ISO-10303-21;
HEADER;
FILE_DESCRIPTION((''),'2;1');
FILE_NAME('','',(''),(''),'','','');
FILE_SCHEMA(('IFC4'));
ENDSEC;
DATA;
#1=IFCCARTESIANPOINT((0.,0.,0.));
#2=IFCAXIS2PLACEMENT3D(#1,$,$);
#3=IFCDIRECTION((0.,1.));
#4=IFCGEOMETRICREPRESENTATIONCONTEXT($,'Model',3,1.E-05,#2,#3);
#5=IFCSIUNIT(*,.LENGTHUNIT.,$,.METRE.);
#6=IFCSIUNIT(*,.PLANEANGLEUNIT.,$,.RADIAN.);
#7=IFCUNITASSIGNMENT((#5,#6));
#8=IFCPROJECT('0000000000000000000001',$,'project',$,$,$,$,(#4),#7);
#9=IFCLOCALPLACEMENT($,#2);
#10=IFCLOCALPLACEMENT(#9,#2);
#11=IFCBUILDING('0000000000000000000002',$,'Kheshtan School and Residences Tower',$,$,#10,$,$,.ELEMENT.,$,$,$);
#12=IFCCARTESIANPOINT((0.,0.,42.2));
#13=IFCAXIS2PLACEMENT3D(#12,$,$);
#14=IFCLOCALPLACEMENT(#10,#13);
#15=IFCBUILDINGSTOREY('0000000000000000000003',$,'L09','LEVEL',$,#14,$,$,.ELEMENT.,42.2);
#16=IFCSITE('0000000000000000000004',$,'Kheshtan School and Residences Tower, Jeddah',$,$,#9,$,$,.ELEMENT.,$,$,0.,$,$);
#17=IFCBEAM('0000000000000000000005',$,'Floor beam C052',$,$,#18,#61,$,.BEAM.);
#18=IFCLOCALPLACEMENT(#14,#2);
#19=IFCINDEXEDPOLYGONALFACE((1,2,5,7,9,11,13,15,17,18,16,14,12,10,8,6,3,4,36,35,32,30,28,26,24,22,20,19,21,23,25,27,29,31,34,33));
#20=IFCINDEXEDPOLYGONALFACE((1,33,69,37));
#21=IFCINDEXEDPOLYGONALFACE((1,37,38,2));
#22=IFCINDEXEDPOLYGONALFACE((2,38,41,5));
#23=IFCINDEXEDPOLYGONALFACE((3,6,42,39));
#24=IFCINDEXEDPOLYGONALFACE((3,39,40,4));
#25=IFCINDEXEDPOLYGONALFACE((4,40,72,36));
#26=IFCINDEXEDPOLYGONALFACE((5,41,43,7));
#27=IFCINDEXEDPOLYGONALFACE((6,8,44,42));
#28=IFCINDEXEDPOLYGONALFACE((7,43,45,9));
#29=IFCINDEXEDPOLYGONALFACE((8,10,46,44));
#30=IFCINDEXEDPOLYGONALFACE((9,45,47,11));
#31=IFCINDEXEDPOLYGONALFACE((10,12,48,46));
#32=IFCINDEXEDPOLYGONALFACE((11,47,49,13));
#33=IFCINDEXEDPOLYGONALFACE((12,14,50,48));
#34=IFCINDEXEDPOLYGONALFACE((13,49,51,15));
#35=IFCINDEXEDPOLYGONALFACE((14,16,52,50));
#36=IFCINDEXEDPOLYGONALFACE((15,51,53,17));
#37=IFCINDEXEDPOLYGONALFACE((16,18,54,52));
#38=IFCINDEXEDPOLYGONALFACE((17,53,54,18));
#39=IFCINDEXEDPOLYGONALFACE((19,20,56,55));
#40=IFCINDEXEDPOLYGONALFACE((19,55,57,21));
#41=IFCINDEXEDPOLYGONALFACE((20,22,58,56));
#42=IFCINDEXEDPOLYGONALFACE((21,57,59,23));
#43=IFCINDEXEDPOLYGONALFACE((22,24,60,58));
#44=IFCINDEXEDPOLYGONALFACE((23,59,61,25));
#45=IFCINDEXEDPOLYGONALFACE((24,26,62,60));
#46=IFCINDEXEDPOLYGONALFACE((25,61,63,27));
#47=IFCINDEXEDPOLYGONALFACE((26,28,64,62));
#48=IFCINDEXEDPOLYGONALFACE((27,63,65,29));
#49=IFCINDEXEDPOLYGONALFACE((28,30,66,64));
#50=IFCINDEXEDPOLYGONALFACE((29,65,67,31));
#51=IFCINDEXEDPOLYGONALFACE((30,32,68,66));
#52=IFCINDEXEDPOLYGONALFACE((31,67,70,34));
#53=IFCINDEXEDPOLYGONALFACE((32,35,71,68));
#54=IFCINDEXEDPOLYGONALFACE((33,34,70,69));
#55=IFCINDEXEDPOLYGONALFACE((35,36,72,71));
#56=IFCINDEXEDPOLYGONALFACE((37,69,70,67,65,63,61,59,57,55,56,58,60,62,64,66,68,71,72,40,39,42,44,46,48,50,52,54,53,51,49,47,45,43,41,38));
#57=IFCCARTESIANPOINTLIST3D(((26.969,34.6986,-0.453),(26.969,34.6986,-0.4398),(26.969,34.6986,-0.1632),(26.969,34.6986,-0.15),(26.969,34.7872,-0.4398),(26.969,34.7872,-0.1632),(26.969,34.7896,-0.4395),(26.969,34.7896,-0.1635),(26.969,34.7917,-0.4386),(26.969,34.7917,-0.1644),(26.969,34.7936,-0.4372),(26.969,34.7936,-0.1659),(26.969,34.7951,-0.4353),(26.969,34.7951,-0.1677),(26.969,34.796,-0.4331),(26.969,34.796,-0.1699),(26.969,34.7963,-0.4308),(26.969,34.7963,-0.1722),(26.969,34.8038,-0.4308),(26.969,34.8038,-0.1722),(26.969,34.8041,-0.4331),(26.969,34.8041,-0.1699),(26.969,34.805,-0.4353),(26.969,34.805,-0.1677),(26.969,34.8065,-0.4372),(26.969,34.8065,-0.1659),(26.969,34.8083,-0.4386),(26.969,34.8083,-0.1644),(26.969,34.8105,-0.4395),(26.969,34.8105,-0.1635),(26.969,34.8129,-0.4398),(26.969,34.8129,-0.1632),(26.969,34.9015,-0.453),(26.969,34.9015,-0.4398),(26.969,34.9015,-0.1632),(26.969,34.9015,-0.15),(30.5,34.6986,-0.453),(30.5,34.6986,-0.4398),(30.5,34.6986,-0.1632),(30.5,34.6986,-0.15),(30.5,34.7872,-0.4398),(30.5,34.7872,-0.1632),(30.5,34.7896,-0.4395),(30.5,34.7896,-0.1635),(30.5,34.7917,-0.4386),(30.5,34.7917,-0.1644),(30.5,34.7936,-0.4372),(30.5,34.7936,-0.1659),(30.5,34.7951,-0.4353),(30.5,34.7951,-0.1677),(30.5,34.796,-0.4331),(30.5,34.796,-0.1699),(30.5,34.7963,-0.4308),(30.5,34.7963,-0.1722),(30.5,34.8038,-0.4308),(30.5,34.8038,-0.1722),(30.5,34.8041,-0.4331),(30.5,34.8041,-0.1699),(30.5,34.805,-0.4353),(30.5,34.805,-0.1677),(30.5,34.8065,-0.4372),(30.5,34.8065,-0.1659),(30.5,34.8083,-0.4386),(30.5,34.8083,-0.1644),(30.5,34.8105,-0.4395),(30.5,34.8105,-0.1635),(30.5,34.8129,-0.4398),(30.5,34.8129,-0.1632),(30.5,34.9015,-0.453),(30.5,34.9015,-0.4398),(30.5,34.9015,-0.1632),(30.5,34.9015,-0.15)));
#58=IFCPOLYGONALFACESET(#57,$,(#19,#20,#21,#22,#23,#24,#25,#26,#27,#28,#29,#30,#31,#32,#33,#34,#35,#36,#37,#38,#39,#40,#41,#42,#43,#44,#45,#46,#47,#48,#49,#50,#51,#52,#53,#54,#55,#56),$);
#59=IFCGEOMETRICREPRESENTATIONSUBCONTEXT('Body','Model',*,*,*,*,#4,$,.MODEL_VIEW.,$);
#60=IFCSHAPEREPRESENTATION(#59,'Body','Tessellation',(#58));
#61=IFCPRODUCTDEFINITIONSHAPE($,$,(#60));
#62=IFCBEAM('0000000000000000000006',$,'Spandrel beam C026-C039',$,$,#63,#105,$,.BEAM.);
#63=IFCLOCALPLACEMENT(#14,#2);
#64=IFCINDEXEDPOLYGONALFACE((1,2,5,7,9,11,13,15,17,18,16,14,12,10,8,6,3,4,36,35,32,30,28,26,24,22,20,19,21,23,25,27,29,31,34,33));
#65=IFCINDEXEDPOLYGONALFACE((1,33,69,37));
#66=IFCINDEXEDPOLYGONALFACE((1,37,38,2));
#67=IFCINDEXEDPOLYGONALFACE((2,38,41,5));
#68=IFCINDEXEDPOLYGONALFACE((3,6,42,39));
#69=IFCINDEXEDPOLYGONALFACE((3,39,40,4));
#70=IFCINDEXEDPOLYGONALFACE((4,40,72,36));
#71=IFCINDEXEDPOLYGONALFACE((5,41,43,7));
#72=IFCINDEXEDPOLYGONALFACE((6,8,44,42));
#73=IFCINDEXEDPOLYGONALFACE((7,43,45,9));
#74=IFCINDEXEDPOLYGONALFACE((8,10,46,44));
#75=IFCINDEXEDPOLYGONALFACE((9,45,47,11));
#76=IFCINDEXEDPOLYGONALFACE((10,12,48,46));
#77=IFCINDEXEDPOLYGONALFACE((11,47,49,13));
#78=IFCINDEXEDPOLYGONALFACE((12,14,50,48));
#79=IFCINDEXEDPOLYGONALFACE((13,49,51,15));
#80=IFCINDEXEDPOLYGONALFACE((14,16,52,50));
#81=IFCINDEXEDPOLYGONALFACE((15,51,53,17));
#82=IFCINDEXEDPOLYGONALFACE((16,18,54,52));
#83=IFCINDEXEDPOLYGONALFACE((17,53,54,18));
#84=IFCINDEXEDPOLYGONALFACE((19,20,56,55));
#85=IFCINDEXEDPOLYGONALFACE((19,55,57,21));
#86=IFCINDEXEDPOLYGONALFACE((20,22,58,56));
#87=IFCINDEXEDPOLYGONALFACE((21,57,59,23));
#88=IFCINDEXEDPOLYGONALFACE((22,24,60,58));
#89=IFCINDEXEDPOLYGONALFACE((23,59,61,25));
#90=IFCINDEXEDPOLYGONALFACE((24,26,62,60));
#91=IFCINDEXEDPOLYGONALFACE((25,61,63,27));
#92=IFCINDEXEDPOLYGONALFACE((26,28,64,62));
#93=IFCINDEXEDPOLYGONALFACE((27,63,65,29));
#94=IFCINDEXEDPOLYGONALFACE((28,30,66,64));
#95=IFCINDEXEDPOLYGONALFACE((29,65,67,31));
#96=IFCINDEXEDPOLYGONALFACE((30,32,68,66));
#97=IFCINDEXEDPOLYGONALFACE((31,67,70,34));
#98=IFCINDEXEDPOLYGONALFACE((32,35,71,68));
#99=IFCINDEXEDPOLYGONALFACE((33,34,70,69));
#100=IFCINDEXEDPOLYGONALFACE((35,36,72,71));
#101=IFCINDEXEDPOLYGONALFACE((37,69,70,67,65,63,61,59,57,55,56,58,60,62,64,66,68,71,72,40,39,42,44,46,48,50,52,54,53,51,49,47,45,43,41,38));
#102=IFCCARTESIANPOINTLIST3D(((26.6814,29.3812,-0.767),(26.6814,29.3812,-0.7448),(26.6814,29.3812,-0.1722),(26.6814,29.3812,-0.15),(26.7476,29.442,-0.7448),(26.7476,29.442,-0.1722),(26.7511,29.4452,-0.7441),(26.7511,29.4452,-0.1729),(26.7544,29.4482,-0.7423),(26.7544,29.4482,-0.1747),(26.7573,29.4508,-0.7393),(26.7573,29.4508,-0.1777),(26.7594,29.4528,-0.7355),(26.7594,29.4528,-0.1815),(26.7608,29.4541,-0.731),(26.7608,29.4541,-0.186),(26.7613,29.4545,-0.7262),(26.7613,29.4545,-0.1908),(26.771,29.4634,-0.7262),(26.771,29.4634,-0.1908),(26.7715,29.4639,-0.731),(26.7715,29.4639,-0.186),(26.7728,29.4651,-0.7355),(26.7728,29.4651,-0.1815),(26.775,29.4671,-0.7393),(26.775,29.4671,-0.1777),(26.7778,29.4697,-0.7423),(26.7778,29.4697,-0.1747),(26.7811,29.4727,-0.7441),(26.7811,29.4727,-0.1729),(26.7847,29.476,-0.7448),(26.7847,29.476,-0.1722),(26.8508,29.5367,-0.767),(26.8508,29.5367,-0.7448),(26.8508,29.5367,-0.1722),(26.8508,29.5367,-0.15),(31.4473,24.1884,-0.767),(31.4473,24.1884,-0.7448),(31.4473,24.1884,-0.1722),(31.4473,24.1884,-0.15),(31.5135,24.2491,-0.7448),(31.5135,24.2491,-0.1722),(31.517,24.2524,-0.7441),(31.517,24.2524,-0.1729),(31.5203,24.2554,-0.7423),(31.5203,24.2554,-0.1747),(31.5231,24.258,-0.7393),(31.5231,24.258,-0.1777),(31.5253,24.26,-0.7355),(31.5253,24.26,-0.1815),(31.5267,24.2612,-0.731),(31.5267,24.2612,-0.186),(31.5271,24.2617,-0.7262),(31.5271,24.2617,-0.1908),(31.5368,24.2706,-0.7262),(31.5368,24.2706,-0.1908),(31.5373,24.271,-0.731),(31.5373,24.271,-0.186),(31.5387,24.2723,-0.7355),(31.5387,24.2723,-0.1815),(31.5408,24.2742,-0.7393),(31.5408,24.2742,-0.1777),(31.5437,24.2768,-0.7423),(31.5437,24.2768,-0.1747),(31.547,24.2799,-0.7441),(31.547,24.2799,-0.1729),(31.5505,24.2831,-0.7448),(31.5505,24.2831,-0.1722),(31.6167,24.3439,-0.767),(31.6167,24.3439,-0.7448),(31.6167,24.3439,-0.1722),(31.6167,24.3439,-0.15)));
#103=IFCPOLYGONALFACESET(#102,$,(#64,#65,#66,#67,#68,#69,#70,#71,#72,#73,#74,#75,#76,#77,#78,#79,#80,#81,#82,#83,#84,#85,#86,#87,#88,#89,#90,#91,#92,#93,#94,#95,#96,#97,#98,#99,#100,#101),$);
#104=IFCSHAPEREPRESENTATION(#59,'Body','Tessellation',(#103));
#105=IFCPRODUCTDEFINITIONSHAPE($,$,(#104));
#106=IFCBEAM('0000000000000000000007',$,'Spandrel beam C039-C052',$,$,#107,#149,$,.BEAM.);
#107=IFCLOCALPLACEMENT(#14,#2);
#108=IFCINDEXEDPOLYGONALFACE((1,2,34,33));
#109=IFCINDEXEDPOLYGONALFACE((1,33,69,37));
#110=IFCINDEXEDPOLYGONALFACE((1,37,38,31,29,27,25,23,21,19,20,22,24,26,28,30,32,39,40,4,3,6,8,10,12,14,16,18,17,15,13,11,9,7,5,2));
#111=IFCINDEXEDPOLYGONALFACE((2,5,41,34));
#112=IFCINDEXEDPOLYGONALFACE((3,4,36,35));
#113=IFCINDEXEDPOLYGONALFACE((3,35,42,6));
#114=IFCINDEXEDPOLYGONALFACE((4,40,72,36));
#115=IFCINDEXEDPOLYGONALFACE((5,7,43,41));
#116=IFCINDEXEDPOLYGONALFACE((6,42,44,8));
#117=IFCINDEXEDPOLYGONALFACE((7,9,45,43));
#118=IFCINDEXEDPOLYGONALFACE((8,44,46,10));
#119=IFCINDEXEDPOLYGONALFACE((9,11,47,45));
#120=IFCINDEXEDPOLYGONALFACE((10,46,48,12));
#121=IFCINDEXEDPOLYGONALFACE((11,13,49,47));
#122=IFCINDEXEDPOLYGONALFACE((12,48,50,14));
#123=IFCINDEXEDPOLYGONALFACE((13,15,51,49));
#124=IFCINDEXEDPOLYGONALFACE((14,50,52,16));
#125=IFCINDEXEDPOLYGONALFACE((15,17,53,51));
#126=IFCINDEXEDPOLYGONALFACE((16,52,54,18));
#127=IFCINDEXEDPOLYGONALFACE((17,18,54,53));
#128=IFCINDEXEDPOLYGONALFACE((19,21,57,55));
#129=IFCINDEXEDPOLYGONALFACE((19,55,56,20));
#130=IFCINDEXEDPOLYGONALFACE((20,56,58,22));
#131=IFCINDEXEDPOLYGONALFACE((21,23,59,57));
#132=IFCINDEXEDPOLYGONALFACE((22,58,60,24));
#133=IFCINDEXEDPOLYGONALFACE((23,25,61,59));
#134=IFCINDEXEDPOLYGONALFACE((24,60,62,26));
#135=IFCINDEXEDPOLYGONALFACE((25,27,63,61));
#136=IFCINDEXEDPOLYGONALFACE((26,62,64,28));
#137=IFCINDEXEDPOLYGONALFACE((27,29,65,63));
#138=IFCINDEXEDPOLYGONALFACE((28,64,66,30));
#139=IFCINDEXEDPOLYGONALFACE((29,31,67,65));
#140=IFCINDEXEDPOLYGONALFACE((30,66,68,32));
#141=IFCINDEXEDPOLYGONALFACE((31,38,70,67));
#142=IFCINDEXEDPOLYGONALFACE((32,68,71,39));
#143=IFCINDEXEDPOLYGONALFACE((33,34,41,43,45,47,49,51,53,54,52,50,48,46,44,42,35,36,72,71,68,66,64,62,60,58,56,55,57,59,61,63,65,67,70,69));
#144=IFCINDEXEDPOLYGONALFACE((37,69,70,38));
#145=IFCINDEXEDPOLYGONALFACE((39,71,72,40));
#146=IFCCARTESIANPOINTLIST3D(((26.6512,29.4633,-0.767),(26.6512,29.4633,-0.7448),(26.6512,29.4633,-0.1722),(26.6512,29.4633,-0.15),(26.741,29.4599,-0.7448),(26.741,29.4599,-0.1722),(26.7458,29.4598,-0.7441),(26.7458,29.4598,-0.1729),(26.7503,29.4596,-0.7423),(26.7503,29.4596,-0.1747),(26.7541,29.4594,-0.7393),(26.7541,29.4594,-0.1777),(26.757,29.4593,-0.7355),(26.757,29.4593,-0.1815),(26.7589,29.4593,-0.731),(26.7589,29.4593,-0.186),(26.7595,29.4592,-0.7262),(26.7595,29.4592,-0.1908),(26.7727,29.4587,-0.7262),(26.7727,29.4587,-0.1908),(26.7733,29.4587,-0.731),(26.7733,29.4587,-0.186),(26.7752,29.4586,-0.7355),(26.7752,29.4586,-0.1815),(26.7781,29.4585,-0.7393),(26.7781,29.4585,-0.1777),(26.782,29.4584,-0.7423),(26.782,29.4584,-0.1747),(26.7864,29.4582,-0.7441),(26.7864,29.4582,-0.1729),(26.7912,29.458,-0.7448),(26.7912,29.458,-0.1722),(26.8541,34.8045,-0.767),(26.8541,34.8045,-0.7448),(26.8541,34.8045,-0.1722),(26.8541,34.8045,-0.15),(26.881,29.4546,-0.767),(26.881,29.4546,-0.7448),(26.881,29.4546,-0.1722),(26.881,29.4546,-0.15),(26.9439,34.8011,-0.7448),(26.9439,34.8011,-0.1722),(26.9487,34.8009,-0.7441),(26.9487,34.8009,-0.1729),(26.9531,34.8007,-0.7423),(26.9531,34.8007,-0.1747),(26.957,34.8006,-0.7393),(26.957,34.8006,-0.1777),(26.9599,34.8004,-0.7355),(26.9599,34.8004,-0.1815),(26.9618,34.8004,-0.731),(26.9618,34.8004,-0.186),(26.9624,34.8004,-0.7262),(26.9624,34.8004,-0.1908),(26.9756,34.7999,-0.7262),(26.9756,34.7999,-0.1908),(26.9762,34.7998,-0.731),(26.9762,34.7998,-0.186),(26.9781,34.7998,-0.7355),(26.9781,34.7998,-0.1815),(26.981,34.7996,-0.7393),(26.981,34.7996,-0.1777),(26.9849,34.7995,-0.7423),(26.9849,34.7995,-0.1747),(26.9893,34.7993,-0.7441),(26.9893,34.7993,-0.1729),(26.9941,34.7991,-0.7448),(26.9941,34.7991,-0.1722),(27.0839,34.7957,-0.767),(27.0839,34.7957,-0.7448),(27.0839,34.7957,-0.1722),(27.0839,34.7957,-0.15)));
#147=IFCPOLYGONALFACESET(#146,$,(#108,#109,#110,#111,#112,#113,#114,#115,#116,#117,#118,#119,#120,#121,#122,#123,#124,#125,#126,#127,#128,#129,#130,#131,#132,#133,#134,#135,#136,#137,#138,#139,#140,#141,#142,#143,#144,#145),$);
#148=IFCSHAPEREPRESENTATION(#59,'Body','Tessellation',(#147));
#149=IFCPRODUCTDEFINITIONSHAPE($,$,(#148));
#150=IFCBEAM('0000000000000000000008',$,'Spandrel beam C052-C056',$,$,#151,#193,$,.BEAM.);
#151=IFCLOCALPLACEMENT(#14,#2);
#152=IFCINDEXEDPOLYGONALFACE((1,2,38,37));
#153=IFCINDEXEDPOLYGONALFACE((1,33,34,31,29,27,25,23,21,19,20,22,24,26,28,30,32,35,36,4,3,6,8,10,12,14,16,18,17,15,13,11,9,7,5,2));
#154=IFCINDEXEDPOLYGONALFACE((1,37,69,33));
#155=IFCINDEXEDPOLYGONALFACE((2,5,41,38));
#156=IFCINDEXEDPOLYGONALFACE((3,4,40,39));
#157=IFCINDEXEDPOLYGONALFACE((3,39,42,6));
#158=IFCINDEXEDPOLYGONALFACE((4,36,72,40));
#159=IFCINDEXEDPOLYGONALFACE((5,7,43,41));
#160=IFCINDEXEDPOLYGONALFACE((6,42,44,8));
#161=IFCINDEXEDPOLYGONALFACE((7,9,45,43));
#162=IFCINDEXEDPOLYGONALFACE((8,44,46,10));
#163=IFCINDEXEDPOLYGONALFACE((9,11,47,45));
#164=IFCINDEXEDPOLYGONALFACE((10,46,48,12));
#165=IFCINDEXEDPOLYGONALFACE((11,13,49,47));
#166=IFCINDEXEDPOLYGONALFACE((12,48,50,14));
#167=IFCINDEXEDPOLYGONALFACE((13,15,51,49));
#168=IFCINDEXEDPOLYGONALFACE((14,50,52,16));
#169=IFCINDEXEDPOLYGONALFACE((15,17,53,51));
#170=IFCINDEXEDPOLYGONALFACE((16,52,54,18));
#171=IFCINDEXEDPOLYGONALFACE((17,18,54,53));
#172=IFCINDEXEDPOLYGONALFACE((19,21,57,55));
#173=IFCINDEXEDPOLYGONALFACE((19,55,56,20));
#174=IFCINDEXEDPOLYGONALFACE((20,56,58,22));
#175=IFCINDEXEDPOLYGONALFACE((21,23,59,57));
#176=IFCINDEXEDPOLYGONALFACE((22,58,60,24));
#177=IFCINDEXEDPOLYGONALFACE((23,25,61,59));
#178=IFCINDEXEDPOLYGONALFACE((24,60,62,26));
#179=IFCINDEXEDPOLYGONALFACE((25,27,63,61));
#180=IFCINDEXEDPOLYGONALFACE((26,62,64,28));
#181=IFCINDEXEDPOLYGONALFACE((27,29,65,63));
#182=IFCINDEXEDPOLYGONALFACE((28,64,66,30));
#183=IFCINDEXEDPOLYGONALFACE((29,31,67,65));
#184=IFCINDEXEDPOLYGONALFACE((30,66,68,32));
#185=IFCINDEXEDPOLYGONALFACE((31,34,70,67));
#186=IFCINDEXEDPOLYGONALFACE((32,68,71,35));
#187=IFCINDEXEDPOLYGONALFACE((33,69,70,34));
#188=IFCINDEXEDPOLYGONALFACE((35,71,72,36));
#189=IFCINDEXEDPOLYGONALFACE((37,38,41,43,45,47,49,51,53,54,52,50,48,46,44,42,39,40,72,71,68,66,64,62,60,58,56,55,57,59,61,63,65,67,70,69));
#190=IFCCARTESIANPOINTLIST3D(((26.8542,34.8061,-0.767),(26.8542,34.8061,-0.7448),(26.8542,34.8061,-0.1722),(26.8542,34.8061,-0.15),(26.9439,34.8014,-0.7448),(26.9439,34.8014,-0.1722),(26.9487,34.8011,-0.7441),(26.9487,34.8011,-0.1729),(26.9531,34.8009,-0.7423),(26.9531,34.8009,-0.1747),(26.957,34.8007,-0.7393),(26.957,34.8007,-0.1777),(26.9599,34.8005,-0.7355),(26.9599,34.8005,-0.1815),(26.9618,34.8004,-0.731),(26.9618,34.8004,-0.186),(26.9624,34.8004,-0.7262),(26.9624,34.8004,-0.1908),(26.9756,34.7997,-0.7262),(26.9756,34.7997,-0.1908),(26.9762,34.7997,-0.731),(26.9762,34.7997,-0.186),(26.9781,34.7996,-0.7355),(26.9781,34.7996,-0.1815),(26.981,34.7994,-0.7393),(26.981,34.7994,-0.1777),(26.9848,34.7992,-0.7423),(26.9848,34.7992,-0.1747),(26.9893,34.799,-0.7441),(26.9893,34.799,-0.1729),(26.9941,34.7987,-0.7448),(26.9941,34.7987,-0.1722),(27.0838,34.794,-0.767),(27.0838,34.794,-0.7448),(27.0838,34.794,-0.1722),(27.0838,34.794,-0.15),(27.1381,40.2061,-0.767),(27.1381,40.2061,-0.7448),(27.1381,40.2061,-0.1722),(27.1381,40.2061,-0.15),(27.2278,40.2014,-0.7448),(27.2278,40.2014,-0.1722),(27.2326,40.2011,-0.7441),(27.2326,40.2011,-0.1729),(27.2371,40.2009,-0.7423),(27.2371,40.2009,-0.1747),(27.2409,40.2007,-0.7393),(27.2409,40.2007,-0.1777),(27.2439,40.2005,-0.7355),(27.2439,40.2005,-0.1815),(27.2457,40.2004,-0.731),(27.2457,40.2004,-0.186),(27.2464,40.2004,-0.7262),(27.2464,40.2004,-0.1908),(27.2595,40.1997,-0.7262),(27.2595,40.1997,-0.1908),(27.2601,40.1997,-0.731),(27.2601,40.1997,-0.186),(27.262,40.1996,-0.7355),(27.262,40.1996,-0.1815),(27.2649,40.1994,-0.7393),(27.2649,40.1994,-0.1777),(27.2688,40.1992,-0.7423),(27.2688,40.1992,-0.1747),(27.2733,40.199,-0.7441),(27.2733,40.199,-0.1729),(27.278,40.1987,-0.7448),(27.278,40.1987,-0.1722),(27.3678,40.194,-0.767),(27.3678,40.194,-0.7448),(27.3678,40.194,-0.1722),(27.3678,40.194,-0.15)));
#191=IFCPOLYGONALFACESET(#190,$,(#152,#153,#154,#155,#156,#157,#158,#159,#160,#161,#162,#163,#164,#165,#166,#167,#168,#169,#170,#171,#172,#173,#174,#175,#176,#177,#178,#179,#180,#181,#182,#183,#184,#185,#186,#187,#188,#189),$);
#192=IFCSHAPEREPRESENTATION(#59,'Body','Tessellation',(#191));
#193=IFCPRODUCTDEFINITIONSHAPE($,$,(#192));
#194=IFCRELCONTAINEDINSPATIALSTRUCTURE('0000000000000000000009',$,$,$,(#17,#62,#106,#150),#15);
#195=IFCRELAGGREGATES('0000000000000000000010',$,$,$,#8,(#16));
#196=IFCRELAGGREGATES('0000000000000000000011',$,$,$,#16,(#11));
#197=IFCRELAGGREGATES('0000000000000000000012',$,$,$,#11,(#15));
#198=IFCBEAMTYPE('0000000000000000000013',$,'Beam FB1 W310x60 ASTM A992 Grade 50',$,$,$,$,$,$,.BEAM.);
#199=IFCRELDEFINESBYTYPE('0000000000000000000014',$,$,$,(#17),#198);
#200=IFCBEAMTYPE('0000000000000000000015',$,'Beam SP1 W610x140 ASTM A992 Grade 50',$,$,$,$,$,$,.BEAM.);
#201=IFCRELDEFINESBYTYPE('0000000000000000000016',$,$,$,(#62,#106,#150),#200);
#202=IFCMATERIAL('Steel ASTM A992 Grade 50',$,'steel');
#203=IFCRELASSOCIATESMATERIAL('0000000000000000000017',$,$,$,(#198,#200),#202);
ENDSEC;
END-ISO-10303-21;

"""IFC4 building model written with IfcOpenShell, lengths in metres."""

from ifc_helpers import new_model, si_unit, direction, frame, origin, origin_2d, place, context, subcontext, project, spatial, i_section, extrude, material, material_profile, profile_set, type_object, element, save


model = new_model("IFC4")

# Units and contexts
model_context = context("Model", 3, precision=1e-05, world=origin(), true_north=direction((0.0, 1.0)))
body_context = subcontext(model_context, "Body", "Model", "MODEL_VIEW")
ifc_project = project(units=[si_unit("LENGTHUNIT", "METRE"), si_unit("PLANEANGLEUNIT", "RADIAN")], contexts=[model_context])

# Site, building, storey
site_placement = place(None, origin())
site = spatial("IfcSite", under=ifc_project, at=site_placement, Name="Kheshtan School and Residences Tower, Jeddah", CompositionType="ELEMENT", RefElevation=0.0)
building_placement = place(site_placement, origin())
building = spatial("IfcBuilding", under=site, at=building_placement, Name="Kheshtan School and Residences Tower", CompositionType="ELEMENT")
storey_placement = place(building_placement, frame((0.0, 0.0, 42.2)))
storey = spatial("IfcBuildingStorey", under=building, at=storey_placement, Name="L09", Description="LEVEL", CompositionType="ELEMENT", Elevation=42.2)

# Shared definitions
ifc_material_1 = material(Name="Steel ASTM A992 Grade 50", Category="steel")

# Beams
ifc_material_profile_1 = material_profile(ifc_material_1, i_section(OverallWidth=0.2029, OverallDepth=0.303, WebThickness=0.0076, FlangeThickness=0.0132, FilletRadius=0.009, at=origin_2d()), Name="W310x60")
ifc_profile_set_1 = profile_set([ifc_material_profile_1], Name="Steel ASTM A992 Grade 50")
beam_type_1 = type_object("IfcBeamType", Name="Beam FB1 W310x60 ASTM A992 Grade 50", PredefinedType="BEAM", material=ifc_profile_set_1)
beam_1_placement = place(storey_placement, frame((26.969, 34.8, -0.3015), z_axis=(1.0, 0.0, 0.0), x_axis=(0.0, 1.0, 0.0)))
element("IfcBeam", 1, at=beam_1_placement, inside=storey, type_object=beam_type_1, Name="Floor beam C052", PredefinedType="BEAM", context=body_context, shape_type="SweptSolid", body=[
    extrude(i_section(OverallWidth=0.2029, OverallDepth=0.303, WebThickness=0.0076, FlangeThickness=0.0132, FilletRadius=0.009, at=origin_2d()), origin(), (0.0, 0.0, 1.0), 3.531),
])
ifc_material_profile_2 = material_profile(ifc_material_1, i_section(OverallWidth=0.23, OverallDepth=0.6169, WebThickness=0.0132, FlangeThickness=0.0222, FilletRadius=0.0186, at=origin_2d()), Name="W610x140")
ifc_profile_set_2 = profile_set([ifc_material_profile_2], Name="Steel ASTM A992 Grade 50")
beam_type_2 = type_object("IfcBeamType", Name="Beam SP1 W610x140 ASTM A992 Grade 50", PredefinedType="BEAM", material=ifc_profile_set_2)
beam_2_placement = place(storey_placement, frame((31.532, 24.2661, -0.4585), z_axis=(-0.676167, 0.736749, 0.0), x_axis=(-0.736749, -0.676167, 0.0)))
element("IfcBeam", 2, at=beam_2_placement, inside=storey, type_object=beam_type_2, Name="Spandrel beam C026-C039", PredefinedType="BEAM", context=body_context, shape_type="SweptSolid", body=[
    extrude(i_section(OverallWidth=0.23, OverallDepth=0.6169, WebThickness=0.0132, FlangeThickness=0.0222, FilletRadius=0.0186, at=origin_2d()), origin(), (0.0, 0.0, 1.0), 7.0483),
])
beam_3_placement = place(storey_placement, frame((26.7661, 29.459, -0.4585), z_axis=(0.037958, 0.999279, 0.0), x_axis=(-0.999279, 0.037958, 0.0)))
element("IfcBeam", 3, at=beam_3_placement, inside=storey, type_object=beam_type_2, Name="Spandrel beam C039-C052", PredefinedType="BEAM", context=body_context, shape_type="SweptSolid", body=[
    extrude(i_section(OverallWidth=0.23, OverallDepth=0.6169, WebThickness=0.0132, FlangeThickness=0.0222, FilletRadius=0.0186, at=origin_2d()), origin(), (0.0, 0.0, 1.0), 5.345),
])
beam_4_placement = place(storey_placement, frame((26.969, 34.8, -0.4585), z_axis=(0.052509, 0.99862, 0.0), x_axis=(-0.99862, 0.052509, 0.0)))
element("IfcBeam", 4, at=beam_4_placement, inside=storey, type_object=beam_type_2, Name="Spandrel beam C052-C056", PredefinedType="BEAM", context=body_context, shape_type="SweptSolid", body=[
    extrude(i_section(OverallWidth=0.23, OverallDepth=0.6169, WebThickness=0.0132, FlangeThickness=0.0222, FilletRadius=0.0186, at=origin_2d()), origin(), (0.0, 0.0, 1.0), 5.4075),
])

save(model, "model.ifc")
